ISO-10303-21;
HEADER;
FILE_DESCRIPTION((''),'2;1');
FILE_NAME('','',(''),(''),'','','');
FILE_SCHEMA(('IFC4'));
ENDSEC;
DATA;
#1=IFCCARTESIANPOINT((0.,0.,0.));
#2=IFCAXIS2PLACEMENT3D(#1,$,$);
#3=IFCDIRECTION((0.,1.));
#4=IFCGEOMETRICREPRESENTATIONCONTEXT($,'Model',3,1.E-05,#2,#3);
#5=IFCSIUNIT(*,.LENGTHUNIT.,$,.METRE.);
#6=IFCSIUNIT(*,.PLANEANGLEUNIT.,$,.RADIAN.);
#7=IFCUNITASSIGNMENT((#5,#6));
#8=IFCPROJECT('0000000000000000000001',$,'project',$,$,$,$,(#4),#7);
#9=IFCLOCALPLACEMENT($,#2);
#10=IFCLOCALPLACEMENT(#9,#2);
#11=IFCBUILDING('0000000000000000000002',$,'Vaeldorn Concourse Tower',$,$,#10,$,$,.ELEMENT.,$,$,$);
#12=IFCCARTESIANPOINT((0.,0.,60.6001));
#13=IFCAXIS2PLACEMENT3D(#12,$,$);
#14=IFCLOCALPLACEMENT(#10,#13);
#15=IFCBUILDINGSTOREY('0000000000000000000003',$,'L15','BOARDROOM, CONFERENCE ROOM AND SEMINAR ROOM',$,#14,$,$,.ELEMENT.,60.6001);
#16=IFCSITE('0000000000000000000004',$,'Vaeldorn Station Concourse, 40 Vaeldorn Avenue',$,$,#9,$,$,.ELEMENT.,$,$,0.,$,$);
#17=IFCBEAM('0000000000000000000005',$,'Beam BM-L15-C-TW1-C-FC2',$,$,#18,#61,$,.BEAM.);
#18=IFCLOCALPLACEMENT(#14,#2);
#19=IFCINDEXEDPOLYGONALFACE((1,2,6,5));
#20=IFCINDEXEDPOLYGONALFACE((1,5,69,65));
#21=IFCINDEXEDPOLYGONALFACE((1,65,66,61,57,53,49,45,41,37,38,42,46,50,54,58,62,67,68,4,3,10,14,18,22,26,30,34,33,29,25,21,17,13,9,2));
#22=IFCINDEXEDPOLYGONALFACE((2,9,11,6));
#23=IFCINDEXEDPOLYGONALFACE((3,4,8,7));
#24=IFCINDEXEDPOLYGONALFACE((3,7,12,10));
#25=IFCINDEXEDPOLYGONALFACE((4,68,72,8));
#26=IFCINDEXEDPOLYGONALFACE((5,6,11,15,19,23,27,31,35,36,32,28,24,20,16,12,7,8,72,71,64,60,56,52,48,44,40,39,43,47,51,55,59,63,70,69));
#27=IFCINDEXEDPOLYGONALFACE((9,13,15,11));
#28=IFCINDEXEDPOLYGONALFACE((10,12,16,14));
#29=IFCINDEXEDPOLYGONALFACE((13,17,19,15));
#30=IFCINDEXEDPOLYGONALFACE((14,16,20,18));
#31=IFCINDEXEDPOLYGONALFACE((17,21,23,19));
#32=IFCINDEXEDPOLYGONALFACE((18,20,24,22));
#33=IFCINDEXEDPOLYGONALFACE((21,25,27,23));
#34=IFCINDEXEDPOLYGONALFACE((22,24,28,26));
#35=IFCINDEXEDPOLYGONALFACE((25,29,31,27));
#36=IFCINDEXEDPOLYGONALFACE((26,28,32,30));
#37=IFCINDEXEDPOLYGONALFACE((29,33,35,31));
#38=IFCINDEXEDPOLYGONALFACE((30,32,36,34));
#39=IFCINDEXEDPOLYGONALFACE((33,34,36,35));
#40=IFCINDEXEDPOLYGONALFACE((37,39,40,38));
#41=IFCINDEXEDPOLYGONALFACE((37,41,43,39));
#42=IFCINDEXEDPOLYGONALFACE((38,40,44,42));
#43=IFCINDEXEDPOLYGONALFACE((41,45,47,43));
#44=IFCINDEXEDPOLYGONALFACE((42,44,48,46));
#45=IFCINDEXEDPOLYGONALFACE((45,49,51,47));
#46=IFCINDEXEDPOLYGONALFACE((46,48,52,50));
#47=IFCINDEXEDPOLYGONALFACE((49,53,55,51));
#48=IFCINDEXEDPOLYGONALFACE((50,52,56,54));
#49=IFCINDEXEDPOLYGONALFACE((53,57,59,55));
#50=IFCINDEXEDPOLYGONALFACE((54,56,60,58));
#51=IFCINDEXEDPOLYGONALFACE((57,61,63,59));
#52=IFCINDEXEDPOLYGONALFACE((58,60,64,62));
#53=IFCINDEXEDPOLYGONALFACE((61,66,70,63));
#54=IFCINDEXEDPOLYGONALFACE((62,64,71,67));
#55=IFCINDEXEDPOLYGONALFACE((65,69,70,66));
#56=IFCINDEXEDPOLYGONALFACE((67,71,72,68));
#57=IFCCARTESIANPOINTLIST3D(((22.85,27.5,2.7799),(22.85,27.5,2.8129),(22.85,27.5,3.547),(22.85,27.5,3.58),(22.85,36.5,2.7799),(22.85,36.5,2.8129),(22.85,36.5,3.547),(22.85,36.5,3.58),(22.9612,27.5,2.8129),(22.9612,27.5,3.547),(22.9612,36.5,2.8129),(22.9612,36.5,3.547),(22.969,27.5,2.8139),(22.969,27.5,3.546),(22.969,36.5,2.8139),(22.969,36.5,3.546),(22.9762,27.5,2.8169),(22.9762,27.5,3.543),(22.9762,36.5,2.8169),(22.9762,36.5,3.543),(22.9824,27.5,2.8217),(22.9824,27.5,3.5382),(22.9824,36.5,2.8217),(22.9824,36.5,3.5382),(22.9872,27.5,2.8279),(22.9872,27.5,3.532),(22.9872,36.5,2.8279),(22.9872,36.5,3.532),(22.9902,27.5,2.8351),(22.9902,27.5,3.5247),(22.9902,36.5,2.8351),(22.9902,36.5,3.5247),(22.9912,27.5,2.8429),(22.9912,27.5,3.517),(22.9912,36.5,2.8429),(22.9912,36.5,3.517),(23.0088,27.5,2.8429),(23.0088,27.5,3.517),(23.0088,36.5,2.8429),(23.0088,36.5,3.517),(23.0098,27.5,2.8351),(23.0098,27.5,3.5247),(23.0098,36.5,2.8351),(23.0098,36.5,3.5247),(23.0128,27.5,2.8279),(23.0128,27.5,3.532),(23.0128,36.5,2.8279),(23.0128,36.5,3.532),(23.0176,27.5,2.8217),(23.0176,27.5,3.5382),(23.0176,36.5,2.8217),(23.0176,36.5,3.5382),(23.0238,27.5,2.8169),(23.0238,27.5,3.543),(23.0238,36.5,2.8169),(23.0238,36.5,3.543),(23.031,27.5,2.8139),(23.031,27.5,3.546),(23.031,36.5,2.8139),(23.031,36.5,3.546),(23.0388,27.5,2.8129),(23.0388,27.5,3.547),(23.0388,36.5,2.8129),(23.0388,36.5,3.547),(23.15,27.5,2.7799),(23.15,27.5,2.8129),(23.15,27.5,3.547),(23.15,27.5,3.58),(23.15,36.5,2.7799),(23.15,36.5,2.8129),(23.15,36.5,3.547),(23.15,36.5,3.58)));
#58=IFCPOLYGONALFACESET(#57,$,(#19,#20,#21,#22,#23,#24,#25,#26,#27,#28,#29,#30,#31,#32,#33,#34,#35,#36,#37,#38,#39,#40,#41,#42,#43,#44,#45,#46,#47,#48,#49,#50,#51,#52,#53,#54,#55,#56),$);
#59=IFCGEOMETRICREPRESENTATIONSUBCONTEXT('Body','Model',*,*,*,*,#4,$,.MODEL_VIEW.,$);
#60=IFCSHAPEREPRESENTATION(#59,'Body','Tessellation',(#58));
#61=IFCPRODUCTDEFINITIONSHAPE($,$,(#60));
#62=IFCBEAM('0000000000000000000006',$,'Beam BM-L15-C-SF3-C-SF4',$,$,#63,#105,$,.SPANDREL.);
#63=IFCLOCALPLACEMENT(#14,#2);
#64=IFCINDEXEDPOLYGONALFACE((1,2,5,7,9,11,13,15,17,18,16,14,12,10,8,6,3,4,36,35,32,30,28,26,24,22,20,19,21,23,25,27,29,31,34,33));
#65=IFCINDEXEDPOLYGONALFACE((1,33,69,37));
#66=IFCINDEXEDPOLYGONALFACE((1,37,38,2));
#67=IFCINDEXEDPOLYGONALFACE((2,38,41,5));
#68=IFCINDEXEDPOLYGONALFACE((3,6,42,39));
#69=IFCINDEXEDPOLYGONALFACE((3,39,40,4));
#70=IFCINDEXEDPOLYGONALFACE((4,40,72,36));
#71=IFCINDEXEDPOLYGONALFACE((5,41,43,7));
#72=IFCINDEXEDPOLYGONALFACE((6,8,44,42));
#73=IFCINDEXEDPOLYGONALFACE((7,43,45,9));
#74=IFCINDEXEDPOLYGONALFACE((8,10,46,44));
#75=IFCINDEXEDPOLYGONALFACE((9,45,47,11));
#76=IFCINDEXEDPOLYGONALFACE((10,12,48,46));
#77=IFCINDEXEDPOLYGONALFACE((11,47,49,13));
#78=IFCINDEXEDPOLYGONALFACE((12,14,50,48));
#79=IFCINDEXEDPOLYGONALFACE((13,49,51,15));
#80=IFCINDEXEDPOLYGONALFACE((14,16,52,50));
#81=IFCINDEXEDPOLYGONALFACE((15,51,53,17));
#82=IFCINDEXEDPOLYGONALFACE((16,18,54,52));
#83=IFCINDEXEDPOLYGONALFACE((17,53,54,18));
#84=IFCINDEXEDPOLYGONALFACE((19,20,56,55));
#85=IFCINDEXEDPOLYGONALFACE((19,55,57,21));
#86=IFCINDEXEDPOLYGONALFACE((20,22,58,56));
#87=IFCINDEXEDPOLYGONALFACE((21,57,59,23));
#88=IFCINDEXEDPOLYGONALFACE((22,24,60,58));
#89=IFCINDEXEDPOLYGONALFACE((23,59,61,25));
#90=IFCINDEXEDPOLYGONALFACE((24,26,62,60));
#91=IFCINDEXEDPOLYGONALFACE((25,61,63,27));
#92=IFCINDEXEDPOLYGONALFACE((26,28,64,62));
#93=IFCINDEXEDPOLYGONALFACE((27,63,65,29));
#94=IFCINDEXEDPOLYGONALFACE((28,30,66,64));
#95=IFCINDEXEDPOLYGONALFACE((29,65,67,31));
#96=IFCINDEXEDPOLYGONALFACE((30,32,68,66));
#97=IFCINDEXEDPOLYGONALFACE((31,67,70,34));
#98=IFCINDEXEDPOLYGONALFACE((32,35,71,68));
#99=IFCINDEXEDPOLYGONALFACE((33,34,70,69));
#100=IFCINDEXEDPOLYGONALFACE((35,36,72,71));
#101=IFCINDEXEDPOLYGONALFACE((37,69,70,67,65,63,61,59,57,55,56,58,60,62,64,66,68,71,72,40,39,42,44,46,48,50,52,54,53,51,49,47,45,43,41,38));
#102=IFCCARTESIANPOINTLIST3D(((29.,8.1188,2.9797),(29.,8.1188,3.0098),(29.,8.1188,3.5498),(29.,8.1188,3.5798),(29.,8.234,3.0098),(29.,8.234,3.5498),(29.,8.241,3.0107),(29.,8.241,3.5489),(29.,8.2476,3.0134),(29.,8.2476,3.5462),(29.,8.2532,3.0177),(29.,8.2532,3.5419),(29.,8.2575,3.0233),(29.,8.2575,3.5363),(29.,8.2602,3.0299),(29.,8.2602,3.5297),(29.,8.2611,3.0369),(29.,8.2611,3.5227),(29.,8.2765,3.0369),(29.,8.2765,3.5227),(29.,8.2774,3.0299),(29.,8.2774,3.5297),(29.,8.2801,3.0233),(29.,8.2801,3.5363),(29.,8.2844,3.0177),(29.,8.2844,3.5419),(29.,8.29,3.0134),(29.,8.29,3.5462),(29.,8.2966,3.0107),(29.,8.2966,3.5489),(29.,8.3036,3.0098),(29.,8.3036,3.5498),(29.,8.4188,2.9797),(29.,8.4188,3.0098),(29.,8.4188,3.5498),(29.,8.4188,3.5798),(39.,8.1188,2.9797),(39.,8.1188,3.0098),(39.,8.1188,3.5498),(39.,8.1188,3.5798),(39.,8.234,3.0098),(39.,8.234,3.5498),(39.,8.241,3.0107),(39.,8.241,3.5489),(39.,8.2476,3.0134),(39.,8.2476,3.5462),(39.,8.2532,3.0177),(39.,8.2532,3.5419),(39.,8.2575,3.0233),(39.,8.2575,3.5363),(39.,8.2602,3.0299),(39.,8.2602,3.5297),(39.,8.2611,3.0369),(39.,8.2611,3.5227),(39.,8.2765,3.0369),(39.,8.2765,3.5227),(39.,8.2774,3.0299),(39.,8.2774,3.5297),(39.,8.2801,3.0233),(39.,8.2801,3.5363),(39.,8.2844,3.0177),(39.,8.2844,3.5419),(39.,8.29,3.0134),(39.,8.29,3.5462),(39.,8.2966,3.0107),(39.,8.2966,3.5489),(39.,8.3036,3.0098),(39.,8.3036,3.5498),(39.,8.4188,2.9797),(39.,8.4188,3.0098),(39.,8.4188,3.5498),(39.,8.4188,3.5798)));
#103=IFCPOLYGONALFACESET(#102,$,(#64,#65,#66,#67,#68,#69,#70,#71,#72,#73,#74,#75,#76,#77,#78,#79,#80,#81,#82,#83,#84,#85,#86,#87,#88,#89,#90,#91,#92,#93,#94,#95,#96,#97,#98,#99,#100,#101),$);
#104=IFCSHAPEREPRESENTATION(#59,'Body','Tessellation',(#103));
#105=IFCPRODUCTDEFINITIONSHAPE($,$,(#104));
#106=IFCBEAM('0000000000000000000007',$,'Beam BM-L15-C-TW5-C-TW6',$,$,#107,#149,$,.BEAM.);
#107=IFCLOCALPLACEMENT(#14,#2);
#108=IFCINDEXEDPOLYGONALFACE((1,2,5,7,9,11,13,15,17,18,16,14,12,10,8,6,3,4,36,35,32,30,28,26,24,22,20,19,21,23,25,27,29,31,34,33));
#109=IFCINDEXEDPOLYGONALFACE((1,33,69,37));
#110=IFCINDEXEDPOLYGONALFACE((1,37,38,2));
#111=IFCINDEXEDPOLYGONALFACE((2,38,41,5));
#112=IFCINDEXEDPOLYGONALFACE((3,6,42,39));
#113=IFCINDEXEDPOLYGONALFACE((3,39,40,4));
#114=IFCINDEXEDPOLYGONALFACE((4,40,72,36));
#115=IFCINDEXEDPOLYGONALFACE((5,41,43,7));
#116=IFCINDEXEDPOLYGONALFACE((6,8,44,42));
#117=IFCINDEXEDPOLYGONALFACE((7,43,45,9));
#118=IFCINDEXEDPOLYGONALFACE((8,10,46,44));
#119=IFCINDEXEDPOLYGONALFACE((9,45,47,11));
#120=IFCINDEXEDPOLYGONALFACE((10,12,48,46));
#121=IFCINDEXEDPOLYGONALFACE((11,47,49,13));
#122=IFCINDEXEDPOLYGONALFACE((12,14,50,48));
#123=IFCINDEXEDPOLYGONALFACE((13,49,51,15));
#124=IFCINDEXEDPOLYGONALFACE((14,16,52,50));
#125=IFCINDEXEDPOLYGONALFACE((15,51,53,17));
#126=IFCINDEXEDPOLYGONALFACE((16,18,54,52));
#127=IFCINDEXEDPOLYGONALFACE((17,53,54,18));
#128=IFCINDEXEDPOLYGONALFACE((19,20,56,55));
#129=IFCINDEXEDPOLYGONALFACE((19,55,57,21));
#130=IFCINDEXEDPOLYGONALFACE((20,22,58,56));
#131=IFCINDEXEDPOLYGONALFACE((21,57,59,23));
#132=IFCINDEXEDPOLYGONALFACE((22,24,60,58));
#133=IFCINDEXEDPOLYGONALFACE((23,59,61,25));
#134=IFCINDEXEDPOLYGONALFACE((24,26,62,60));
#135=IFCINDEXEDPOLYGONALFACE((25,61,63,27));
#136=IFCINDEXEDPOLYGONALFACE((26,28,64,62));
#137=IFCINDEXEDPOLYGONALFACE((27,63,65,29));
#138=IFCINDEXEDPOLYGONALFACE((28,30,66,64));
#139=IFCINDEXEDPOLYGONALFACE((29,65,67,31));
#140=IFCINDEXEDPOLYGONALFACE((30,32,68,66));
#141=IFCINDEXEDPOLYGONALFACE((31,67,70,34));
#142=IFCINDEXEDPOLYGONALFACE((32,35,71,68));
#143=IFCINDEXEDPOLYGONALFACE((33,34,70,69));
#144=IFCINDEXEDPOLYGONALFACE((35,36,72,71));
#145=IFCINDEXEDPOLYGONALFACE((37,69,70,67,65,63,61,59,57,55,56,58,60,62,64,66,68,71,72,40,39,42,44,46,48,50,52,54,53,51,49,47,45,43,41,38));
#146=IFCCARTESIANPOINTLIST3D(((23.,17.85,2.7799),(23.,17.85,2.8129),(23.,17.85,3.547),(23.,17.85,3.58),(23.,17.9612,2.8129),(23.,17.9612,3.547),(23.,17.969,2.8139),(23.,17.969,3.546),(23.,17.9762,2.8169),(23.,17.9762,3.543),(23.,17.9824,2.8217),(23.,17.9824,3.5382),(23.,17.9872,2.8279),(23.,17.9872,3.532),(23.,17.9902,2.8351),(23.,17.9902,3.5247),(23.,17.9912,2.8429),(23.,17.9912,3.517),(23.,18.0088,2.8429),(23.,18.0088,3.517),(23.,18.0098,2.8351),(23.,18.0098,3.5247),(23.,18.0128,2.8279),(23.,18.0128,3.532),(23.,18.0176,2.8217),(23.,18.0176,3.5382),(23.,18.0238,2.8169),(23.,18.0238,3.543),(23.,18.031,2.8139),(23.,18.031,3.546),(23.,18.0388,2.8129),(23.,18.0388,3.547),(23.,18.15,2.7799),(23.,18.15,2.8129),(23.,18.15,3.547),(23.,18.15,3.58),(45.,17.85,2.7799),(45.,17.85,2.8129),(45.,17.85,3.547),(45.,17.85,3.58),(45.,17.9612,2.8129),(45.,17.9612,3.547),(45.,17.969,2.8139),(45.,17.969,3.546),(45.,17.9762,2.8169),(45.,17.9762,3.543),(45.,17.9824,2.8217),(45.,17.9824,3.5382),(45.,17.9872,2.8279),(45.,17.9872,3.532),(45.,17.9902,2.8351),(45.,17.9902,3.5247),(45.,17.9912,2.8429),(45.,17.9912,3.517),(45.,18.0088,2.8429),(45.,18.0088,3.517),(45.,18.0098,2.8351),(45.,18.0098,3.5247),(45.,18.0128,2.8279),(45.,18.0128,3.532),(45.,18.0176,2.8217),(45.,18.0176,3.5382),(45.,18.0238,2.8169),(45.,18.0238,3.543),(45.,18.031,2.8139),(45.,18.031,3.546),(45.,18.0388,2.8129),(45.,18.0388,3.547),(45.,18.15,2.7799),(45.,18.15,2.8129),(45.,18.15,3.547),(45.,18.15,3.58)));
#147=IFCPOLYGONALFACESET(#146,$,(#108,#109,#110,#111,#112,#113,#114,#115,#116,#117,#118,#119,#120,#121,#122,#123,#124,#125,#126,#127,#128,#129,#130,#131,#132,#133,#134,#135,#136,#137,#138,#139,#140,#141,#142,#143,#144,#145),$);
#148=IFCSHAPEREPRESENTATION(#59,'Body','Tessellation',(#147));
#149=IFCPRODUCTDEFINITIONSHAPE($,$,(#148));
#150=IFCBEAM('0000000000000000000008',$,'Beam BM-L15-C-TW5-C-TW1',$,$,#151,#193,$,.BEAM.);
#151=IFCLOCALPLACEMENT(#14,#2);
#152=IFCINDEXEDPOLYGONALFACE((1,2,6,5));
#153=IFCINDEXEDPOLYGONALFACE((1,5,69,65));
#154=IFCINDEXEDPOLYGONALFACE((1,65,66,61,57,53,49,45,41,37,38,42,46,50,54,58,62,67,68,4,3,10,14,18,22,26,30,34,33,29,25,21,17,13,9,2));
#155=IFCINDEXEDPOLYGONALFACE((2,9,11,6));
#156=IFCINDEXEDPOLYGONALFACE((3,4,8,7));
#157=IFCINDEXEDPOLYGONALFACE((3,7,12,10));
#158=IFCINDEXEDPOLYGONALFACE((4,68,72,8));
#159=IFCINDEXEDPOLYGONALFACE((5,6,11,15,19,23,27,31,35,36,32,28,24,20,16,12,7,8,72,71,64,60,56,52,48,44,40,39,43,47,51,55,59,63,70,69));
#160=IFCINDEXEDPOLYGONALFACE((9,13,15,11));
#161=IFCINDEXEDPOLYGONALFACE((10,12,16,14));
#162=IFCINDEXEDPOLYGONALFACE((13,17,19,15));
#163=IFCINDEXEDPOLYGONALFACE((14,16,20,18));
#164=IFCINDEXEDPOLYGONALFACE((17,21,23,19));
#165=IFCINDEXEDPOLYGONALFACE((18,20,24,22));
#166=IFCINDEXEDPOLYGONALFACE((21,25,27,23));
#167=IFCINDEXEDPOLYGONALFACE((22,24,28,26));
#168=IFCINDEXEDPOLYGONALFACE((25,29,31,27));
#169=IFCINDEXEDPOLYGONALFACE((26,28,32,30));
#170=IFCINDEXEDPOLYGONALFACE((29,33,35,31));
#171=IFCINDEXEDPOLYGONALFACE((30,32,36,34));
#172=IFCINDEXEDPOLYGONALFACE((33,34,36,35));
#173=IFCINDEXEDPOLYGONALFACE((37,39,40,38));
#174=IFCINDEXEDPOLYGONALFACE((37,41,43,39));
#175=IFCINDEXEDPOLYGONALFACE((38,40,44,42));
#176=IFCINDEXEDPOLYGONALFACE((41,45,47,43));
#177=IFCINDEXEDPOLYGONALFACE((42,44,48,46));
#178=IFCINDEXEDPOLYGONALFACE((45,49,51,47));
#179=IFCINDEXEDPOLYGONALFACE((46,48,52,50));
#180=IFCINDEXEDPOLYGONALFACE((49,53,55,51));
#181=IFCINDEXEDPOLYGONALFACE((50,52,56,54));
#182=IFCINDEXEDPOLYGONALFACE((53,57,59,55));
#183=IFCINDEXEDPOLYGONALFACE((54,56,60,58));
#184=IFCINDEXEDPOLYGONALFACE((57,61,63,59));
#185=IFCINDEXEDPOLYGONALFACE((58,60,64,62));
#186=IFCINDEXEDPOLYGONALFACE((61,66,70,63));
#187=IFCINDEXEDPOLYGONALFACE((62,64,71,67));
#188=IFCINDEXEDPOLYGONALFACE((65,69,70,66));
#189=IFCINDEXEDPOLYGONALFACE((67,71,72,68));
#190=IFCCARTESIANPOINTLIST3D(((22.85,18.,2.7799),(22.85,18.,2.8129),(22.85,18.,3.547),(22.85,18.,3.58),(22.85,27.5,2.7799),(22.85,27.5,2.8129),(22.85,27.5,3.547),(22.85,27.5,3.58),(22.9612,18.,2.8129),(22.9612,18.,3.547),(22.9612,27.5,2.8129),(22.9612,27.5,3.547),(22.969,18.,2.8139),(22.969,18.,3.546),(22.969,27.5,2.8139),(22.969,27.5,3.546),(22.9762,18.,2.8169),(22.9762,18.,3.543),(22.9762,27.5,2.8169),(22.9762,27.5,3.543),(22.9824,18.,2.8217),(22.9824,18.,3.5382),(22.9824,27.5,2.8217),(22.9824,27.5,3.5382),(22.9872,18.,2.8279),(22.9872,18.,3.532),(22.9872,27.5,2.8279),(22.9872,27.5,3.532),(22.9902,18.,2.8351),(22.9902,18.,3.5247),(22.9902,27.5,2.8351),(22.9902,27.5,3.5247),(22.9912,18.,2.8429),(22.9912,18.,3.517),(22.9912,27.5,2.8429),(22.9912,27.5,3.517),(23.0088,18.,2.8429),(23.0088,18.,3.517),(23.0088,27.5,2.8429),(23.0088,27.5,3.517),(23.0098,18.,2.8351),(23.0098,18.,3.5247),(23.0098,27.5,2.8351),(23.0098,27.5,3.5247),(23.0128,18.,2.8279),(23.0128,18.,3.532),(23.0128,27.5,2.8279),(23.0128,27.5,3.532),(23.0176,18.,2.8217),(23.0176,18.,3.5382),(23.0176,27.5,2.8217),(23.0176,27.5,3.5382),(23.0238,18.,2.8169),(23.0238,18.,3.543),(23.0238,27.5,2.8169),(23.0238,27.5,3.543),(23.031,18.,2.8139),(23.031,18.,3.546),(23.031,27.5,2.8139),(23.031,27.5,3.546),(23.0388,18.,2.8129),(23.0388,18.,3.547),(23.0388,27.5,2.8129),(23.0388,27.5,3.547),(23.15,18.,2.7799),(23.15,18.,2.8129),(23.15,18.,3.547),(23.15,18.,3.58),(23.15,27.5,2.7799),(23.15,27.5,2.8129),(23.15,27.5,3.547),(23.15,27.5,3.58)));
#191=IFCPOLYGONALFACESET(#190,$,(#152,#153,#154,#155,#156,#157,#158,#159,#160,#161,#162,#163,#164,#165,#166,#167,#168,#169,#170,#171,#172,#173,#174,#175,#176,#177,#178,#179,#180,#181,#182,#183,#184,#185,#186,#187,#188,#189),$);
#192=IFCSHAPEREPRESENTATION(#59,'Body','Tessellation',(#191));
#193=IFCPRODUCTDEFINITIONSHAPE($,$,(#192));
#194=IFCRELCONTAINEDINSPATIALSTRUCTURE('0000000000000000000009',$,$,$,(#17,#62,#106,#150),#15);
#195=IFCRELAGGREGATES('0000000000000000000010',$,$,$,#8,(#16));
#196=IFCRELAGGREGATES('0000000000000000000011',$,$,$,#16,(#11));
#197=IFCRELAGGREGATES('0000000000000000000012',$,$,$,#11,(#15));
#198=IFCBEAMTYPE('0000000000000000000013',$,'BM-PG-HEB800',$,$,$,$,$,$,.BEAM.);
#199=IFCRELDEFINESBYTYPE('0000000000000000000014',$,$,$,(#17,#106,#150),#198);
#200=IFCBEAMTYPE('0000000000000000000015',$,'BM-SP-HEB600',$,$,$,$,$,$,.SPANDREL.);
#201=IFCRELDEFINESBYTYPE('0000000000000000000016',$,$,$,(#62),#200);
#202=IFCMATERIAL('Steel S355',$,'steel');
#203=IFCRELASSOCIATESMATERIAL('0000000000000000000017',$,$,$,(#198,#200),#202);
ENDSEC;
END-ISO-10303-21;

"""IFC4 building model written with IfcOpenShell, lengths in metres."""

from ifc_helpers import new_model, si_unit, direction, frame, origin, origin_2d, place, context, subcontext, project, spatial, i_section, extrude, source, transform, mapped, material, material_profile, profile_set, type_object, element, save


model = new_model("IFC4")

# Units and contexts
model_context = context("Model", 3, precision=1e-05, world=origin(), true_north=direction((0.0, 1.0)))
body_context = subcontext(model_context, "Body", "Model", "MODEL_VIEW")
ifc_project = project(units=[si_unit("LENGTHUNIT", "METRE"), si_unit("PLANEANGLEUNIT", "RADIAN")], contexts=[model_context])

# Site, building, storey
site_placement = place(None, origin())
site = spatial("IfcSite", under=ifc_project, at=site_placement, Name="Vaeldorn Station Concourse, 40 Vaeldorn Avenue", CompositionType="ELEMENT", RefElevation=0.0)
building_placement = place(site_placement, origin())
building = spatial("IfcBuilding", under=site, at=building_placement, Name="Vaeldorn Concourse Tower", CompositionType="ELEMENT")
storey_placement = place(building_placement, frame((0.0, 0.0, 60.6001)))
storey = spatial("IfcBuildingStorey", under=building, at=storey_placement, Name="L15", Description="BOARDROOM, CONFERENCE ROOM AND SEMINAR ROOM", CompositionType="ELEMENT", Elevation=60.6001)

# Beams
ifc_material_1 = material(Name="Steel S355", Category="steel")
ifc_material_profile_1 = material_profile(ifc_material_1, i_section(OverallWidth=0.3, OverallDepth=0.8, WebThickness=0.0176, FlangeThickness=0.033, FilletRadius=0.03, at=origin_2d()), Name="HEB 800")
ifc_profile_set_1 = profile_set([ifc_material_profile_1], Name="Steel S355")
beam_type_1 = type_object("IfcBeamType", Name="BM-PG-HEB800", PredefinedType="BEAM", material=ifc_profile_set_1)
shared_shape_1 = source(origin(), body_context, "Body", "SweptSolid", [
    extrude(i_section(OverallWidth=0.3, OverallDepth=0.8, WebThickness=0.0176, FlangeThickness=0.033, FilletRadius=0.03, at=origin_2d()), origin(), (0.0, 0.0, 1.0), 9.0),
])
beam_1_placement = place(storey_placement, frame((23.0, 27.5, 3.1799), z_axis=(0.0, 1.0, 0.0), x_axis=(-1.0, 0.0, 0.0)))
element("IfcBeam", 1, at=beam_1_placement, inside=storey, type_object=beam_type_1, Name="Beam BM-L15-C-TW1-C-FC2", PredefinedType="BEAM", context=body_context, shape_type="MappedRepresentation", body=[
    mapped(shared_shape_1, transform((0.0, 0.0, 0.0), scale=1.0)),
])
ifc_material_profile_2 = material_profile(ifc_material_1, i_section(OverallWidth=0.3, OverallDepth=0.6001, WebThickness=0.0154, FlangeThickness=0.03, FilletRadius=0.0271, at=origin_2d()), Name="HEB 600")
ifc_profile_set_2 = profile_set([ifc_material_profile_2], Name="Steel S355")
beam_type_2 = type_object("IfcBeamType", Name="BM-SP-HEB600", PredefinedType="SPANDREL", material=ifc_profile_set_2)
shared_shape_2 = source(origin(), body_context, "Body", "SweptSolid", [
    extrude(i_section(OverallWidth=0.3, OverallDepth=0.6001, WebThickness=0.0154, FlangeThickness=0.03, FilletRadius=0.0271, at=origin_2d()), origin(), (0.0, 0.0, 1.0), 10.0),
])
beam_2_placement = place(storey_placement, frame((29.0, 8.2688, 3.2798), z_axis=(1.0, 0.0, 0.0), x_axis=(0.0, 1.0, 0.0)))
element("IfcBeam", 2, at=beam_2_placement, inside=storey, type_object=beam_type_2, Name="Beam BM-L15-C-SF3-C-SF4", PredefinedType="SPANDREL", context=body_context, shape_type="MappedRepresentation", body=[
    mapped(shared_shape_2, transform((0.0, 0.0, 0.0), scale=1.0)),
])
shared_shape_3 = source(origin(), body_context, "Body", "SweptSolid", [
    extrude(i_section(OverallWidth=0.3, OverallDepth=0.8, WebThickness=0.0176, FlangeThickness=0.033, FilletRadius=0.03, at=origin_2d()), origin(), (0.0, 0.0, 1.0), 22.0),
])
beam_3_placement = place(storey_placement, frame((23.0, 18.0, 3.1799), z_axis=(1.0, 0.0, 0.0), x_axis=(0.0, 1.0, 0.0)))
element("IfcBeam", 3, at=beam_3_placement, inside=storey, type_object=beam_type_1, Name="Beam BM-L15-C-TW5-C-TW6", PredefinedType="BEAM", context=body_context, shape_type="MappedRepresentation", body=[
    mapped(shared_shape_3, transform((0.0, 0.0, 0.0), scale=1.0)),
])
shared_shape_4 = source(origin(), body_context, "Body", "SweptSolid", [
    extrude(i_section(OverallWidth=0.3, OverallDepth=0.8, WebThickness=0.0176, FlangeThickness=0.033, FilletRadius=0.03, at=origin_2d()), origin(), (0.0, 0.0, 1.0), 9.5),
])
beam_4_placement = place(storey_placement, frame((23.0, 18.0, 3.1799), z_axis=(0.0, 1.0, 0.0), x_axis=(-1.0, 0.0, 0.0)))
element("IfcBeam", 4, at=beam_4_placement, inside=storey, type_object=beam_type_1, Name="Beam BM-L15-C-TW5-C-TW1", PredefinedType="BEAM", context=body_context, shape_type="MappedRepresentation", body=[
    mapped(shared_shape_4, transform((0.0, 0.0, 0.0), scale=1.0)),
])

save(model, "model.ifc")
